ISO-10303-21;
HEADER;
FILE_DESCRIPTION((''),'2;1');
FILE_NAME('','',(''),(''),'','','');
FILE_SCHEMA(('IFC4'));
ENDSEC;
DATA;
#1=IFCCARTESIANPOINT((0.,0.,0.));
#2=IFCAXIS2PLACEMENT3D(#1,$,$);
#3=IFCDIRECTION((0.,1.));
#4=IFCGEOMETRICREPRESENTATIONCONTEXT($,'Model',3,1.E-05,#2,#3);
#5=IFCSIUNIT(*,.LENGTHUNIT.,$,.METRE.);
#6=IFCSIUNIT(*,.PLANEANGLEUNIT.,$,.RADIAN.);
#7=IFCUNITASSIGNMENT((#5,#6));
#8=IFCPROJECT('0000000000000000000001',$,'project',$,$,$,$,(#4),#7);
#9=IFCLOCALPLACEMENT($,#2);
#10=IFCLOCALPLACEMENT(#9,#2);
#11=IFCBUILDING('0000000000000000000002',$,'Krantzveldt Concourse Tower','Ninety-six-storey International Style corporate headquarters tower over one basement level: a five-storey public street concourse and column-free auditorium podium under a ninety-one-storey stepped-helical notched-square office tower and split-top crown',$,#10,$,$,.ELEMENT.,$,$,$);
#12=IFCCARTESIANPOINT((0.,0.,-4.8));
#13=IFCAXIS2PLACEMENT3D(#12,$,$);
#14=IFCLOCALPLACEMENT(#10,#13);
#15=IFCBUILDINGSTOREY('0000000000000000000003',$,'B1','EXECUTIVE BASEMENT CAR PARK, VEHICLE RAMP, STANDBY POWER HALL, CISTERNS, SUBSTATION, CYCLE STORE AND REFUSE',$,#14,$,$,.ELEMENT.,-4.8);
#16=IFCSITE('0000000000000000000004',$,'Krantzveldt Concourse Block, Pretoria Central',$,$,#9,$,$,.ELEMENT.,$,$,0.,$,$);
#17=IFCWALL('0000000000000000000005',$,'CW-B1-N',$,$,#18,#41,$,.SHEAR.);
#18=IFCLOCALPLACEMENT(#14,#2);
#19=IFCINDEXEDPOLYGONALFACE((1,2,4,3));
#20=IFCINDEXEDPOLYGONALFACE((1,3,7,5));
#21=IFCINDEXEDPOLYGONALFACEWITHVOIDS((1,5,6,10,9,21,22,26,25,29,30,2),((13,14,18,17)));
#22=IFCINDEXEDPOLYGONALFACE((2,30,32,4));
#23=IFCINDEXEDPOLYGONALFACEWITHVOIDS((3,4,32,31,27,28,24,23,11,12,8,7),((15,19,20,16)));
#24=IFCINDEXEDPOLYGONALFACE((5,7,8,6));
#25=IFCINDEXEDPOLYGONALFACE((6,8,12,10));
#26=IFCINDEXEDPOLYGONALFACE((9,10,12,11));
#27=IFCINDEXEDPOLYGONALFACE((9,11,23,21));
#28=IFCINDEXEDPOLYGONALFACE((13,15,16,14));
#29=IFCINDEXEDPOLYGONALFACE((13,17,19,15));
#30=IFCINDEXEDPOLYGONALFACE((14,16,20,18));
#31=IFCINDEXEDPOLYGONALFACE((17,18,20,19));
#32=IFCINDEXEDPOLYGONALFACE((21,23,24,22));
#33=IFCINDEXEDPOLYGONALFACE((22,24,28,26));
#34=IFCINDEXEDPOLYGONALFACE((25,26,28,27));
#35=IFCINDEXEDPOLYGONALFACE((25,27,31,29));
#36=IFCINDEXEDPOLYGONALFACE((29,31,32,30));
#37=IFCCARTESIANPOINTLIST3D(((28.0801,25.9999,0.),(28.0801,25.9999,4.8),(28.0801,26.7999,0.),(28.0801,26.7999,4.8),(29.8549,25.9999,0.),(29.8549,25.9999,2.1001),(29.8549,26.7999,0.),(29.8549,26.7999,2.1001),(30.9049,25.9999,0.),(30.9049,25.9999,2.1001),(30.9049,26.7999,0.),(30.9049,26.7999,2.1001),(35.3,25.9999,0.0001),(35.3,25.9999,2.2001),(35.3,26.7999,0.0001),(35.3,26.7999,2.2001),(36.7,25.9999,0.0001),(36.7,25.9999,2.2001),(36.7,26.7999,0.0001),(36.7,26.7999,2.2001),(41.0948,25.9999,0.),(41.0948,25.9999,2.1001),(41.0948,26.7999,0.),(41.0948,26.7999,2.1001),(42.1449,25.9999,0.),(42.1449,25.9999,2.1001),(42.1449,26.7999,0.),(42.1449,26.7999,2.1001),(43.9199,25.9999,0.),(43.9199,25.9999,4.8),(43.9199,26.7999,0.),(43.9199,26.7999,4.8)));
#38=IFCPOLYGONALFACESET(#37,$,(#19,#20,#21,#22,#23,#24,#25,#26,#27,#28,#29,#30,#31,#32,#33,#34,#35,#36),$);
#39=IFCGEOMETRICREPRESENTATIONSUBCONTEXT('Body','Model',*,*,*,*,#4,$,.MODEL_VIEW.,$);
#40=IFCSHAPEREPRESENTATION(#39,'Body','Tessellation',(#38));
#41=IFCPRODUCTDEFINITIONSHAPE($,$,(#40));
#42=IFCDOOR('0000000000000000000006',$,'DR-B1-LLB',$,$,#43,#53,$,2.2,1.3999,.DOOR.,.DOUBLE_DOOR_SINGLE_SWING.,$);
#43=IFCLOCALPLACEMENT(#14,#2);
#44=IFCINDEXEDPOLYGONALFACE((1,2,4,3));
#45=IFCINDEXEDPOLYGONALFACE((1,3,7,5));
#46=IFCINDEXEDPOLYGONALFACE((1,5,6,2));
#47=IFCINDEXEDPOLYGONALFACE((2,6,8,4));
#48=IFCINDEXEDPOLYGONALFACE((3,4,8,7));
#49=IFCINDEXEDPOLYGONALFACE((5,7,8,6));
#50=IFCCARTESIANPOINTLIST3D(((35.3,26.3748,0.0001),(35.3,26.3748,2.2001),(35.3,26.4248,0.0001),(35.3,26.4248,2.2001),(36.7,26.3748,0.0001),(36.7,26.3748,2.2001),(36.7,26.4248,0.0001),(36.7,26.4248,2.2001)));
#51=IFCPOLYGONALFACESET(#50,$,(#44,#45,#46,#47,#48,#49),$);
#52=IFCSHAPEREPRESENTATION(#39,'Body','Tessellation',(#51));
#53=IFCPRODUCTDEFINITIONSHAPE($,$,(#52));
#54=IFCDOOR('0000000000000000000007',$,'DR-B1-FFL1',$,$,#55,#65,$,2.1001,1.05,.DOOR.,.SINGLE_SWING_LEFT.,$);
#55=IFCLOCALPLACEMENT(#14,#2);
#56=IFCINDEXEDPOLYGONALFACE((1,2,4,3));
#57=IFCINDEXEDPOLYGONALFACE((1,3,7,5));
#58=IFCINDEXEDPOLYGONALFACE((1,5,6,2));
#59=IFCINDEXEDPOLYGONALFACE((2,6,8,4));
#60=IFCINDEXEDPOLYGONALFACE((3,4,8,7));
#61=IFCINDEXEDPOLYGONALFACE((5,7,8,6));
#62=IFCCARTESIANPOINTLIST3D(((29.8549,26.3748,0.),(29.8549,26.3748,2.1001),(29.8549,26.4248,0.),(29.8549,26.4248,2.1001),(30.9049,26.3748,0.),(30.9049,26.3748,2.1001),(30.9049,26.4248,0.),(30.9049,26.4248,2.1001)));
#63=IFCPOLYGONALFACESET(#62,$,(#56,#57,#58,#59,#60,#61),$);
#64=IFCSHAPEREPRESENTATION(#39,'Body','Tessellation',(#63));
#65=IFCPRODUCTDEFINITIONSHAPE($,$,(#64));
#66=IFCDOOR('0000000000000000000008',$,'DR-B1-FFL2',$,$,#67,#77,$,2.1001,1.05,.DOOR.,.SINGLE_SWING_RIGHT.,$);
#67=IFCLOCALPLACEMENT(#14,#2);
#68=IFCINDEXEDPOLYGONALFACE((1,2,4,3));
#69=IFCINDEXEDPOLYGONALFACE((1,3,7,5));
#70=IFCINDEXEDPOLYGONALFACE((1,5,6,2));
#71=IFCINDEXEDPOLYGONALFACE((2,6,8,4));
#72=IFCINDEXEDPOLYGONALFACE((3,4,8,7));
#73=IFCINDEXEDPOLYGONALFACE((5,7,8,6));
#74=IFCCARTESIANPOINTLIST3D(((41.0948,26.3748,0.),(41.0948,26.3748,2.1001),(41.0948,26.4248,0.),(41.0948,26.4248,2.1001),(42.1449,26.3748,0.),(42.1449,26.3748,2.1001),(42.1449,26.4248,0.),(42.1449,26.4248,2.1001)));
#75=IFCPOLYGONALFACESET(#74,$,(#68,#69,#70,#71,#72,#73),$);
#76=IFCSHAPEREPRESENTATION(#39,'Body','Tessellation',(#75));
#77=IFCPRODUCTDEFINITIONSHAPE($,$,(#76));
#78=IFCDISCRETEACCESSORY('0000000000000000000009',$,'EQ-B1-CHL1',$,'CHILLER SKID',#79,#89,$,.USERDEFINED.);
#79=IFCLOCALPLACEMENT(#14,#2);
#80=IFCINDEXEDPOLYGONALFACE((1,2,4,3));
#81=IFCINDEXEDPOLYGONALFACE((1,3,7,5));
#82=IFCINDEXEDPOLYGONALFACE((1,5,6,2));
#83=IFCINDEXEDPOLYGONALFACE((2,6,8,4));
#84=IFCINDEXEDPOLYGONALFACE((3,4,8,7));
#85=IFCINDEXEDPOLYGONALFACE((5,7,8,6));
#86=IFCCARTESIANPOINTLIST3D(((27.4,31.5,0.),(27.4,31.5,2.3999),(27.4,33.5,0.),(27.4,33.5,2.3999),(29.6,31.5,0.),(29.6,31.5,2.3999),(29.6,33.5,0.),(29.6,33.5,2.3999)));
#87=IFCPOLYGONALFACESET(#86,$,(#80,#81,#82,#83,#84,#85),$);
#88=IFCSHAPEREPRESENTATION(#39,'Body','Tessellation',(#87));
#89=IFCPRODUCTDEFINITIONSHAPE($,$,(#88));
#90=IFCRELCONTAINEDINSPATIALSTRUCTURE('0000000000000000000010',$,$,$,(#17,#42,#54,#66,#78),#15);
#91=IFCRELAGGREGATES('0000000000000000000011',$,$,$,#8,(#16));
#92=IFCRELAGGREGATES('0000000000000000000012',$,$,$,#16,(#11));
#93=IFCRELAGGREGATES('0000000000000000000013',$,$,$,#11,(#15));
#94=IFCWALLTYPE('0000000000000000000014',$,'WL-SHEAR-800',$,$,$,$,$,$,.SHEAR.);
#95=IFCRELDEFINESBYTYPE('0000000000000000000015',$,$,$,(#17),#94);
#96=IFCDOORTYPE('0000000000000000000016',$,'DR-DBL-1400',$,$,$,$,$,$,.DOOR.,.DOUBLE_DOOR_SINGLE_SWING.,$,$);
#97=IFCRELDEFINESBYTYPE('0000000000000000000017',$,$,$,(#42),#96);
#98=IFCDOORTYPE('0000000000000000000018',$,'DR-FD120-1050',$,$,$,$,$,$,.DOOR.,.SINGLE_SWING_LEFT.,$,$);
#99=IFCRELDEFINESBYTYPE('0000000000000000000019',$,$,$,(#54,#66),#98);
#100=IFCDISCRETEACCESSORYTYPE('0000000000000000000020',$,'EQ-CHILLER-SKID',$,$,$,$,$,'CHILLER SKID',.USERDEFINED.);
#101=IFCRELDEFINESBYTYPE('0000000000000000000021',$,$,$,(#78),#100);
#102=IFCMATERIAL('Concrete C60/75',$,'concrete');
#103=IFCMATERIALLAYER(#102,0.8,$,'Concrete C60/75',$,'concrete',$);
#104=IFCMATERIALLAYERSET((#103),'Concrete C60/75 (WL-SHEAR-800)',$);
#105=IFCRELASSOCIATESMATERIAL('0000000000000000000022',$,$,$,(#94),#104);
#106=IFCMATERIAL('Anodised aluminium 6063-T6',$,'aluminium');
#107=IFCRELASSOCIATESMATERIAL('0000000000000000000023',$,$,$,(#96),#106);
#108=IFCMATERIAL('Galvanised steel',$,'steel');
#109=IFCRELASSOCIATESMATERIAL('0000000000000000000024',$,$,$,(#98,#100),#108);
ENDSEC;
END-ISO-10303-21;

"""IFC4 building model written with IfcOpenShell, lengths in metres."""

from ifc_helpers import new_model, si_unit, direction, frame, frame_2d, origin, origin_2d, place, context, subcontext, project, spatial, rectangle, extrude, source, transform, mapped, material, layer, layer_set, type_object, type_shapes, element, fill, save


model = new_model("IFC4")

# Units and contexts
model_context = context("Model", 3, precision=1e-05, world=origin(), true_north=direction((0.0, 1.0)))
body_context = subcontext(model_context, "Body", "Model", "MODEL_VIEW")
ifc_project = project(units=[si_unit("LENGTHUNIT", "METRE"), si_unit("PLANEANGLEUNIT", "RADIAN")], contexts=[model_context])

# Site, building, storey
site_placement = place(None, origin())
site = spatial("IfcSite", under=ifc_project, at=site_placement, Name="Krantzveldt Concourse Block, Pretoria Central", CompositionType="ELEMENT", RefElevation=0.0)
building_placement = place(site_placement, origin())
building = spatial("IfcBuilding", under=site, at=building_placement, Name="Krantzveldt Concourse Tower", Description="Ninety-six-storey International Style corporate headquarters tower over one basement level: a five-storey public street concourse and column-free auditorium podium under a ninety-one-storey stepped-helical notched-square office tower and split-top crown", CompositionType="ELEMENT")
storey_placement = place(building_placement, frame((0.0, 0.0, -4.8)))
storey = spatial("IfcBuildingStorey", under=building, at=storey_placement, Name="B1", Description="EXECUTIVE BASEMENT CAR PARK, VEHICLE RAMP, STANDBY POWER HALL, CISTERNS, SUBSTATION, CYCLE STORE AND REFUSE", CompositionType="ELEMENT", Elevation=-4.8)

# Shared definitions
ifc_material_1 = material(Name="Concrete C60/75", Category="concrete")

# Shared definitions
ifc_material_2 = material(Name="Galvanised steel", Category="steel")

# Wall, openings, doors
ifc_layer_1 = layer(ifc_material_1, 0.8, Name="Concrete C60/75", Category="concrete")
ifc_layer_set_1 = layer_set([ifc_layer_1], Name="Concrete C60/75 (WL-SHEAR-800)")
wall_type_1 = type_object("IfcWallType", Name="WL-SHEAR-800", PredefinedType="SHEAR", material=ifc_layer_set_1)
wall_1_placement = place(storey_placement, frame((28.0801, 26.3999, 0.0), z_axis=(0.0, 0.0, 1.0), x_axis=(1.0, 0.0, 0.0)))
wall_1 = element("IfcWall", 1, at=wall_1_placement, inside=storey, type_object=wall_type_1, Name="CW-B1-N", PredefinedType="SHEAR", context=body_context, shape_type="SweptSolid", body=[
    extrude(rectangle(XDim=15.8398, YDim=0.8, at=frame_2d((7.9199, 0.0))), origin(), (0.0, 0.0, 1.0), 4.8),
])
opening_1_placement = place(wall_1_placement, frame((7.22, 0.0, 0.0)))
opening_1 = element("IfcOpeningElement", 2, at=opening_1_placement, cuts=wall_1, PredefinedType="OPENING", context=body_context, shape_type="SweptSolid", body=[
    extrude(rectangle(XDim=1.3999, YDim=2.2, at=frame_2d((0.7, 1.1001))), frame((0.0, 0.4102, 0.0), z_axis=(0.0, -1.0, 0.0), x_axis=(1.0, 0.0, 0.0)), (0.0, 0.0, 1.0), 0.8201),
])
opening_2_placement = place(wall_1_placement, frame((1.7749, 0.0, 0.0)))
opening_2 = element("IfcOpeningElement", 3, at=opening_2_placement, cuts=wall_1, PredefinedType="OPENING", context=body_context, shape_type="SweptSolid", body=[
    extrude(rectangle(XDim=1.05, YDim=2.1001, at=frame_2d((0.5249, 1.05))), frame((0.0, 0.4102, 0.0), z_axis=(0.0, -1.0, 0.0), x_axis=(1.0, 0.0, 0.0)), (0.0, 0.0, 1.0), 0.8201),
])
opening_3_placement = place(wall_1_placement, frame((13.0149, 0.0, 0.0)))
opening_3 = element("IfcOpeningElement", 4, at=opening_3_placement, cuts=wall_1, PredefinedType="OPENING", context=body_context, shape_type="SweptSolid", body=[
    extrude(rectangle(XDim=1.05, YDim=2.1001, at=frame_2d((0.5249, 1.05))), frame((0.0, 0.4102, 0.0), z_axis=(0.0, -1.0, 0.0), x_axis=(1.0, 0.0, 0.0)), (0.0, 0.0, 1.0), 0.8201),
])
ifc_material_3 = material(Name="Anodised aluminium 6063-T6", Category="aluminium")
door_type_1 = type_object("IfcDoorType", Name="DR-DBL-1400", OperationType="DOUBLE_DOOR_SINGLE_SWING", PredefinedType="DOOR", material=ifc_material_3)
door_1_placement = place(opening_1_placement, origin())
door_1 = element("IfcDoor", 5, at=door_1_placement, inside=storey, type_object=door_type_1, Name="DR-B1-LLB", OperationType="DOUBLE_DOOR_SINGLE_SWING", OverallHeight=2.2, OverallWidth=1.3999, PredefinedType="DOOR", context=body_context, shape_type="SweptSolid", body=[
    extrude(rectangle(XDim=1.3999, YDim=2.2, at=frame_2d((0.7, 1.1001))), frame((0.0, 0.0249, 0.0), z_axis=(0.0, -1.0, 0.0), x_axis=(1.0, 0.0, 0.0)), (0.0, 0.0, 1.0), 0.05),
])
fill(opening_1, door_1)
door_type_2 = type_object("IfcDoorType", Name="DR-FD120-1050", OperationType="SINGLE_SWING_LEFT", PredefinedType="DOOR", material=ifc_material_2)
door_2_placement = place(opening_2_placement, origin())
door_2 = element("IfcDoor", 6, at=door_2_placement, inside=storey, type_object=door_type_2, Name="DR-B1-FFL1", OperationType="SINGLE_SWING_LEFT", OverallHeight=2.1001, OverallWidth=1.05, PredefinedType="DOOR", context=body_context, shape_type="SweptSolid", body=[
    extrude(rectangle(XDim=1.05, YDim=2.1001, at=frame_2d((0.5249, 1.05))), frame((0.0, 0.0249, 0.0), z_axis=(0.0, -1.0, 0.0), x_axis=(1.0, 0.0, 0.0)), (0.0, 0.0, 1.0), 0.05),
])
fill(opening_2, door_2)
door_3_placement = place(opening_3_placement, origin())
door_3 = element("IfcDoor", 7, at=door_3_placement, inside=storey, type_object=door_type_2, Name="DR-B1-FFL2", OperationType="SINGLE_SWING_RIGHT", OverallHeight=2.1001, OverallWidth=1.05, PredefinedType="DOOR", context=body_context, shape_type="SweptSolid", body=[
    extrude(rectangle(XDim=1.05, YDim=2.1001, at=frame_2d((0.5249, 1.05))), frame((0.0, 0.0249, 0.0), z_axis=(0.0, -1.0, 0.0), x_axis=(1.0, 0.0, 0.0)), (0.0, 0.0, 1.0), 0.05),
])
fill(opening_3, door_3)

# Discrete accessory
discrete_accessory_type = type_object("IfcDiscreteAccessoryType", Name="EQ-CHILLER-SKID", ElementType="CHILLER SKID", PredefinedType="USERDEFINED", material=ifc_material_2)
shared_shape_1 = source(origin(), body_context, "Body", "SweptSolid", [
    extrude(rectangle(XDim=2.2, YDim=2.0, at=origin_2d()), origin(), (0.0, 0.0, 1.0), 2.3999),
])
type_shapes(discrete_accessory_type, [shared_shape_1])
discrete_accessory_placement = place(storey_placement, frame((28.5, 32.5, 0.0), z_axis=(0.0, 0.0, 1.0), x_axis=(1.0, 0.0, 0.0)))
element("IfcDiscreteAccessory", 8, at=discrete_accessory_placement, inside=storey, type_object=discrete_accessory_type, Name="EQ-B1-CHL1", ObjectType="CHILLER SKID", PredefinedType="USERDEFINED", context=body_context, shape_type="MappedRepresentation", body=[
    mapped(shared_shape_1, transform((0.0, 0.0, 0.0), x_axis=(1.0, 0.0, 0.0), y_axis=(0.0, 1.0, 0.0), z_axis=(0.0, 0.0, 1.0), scale=1.0)),
])

save(model, "model.ifc")
